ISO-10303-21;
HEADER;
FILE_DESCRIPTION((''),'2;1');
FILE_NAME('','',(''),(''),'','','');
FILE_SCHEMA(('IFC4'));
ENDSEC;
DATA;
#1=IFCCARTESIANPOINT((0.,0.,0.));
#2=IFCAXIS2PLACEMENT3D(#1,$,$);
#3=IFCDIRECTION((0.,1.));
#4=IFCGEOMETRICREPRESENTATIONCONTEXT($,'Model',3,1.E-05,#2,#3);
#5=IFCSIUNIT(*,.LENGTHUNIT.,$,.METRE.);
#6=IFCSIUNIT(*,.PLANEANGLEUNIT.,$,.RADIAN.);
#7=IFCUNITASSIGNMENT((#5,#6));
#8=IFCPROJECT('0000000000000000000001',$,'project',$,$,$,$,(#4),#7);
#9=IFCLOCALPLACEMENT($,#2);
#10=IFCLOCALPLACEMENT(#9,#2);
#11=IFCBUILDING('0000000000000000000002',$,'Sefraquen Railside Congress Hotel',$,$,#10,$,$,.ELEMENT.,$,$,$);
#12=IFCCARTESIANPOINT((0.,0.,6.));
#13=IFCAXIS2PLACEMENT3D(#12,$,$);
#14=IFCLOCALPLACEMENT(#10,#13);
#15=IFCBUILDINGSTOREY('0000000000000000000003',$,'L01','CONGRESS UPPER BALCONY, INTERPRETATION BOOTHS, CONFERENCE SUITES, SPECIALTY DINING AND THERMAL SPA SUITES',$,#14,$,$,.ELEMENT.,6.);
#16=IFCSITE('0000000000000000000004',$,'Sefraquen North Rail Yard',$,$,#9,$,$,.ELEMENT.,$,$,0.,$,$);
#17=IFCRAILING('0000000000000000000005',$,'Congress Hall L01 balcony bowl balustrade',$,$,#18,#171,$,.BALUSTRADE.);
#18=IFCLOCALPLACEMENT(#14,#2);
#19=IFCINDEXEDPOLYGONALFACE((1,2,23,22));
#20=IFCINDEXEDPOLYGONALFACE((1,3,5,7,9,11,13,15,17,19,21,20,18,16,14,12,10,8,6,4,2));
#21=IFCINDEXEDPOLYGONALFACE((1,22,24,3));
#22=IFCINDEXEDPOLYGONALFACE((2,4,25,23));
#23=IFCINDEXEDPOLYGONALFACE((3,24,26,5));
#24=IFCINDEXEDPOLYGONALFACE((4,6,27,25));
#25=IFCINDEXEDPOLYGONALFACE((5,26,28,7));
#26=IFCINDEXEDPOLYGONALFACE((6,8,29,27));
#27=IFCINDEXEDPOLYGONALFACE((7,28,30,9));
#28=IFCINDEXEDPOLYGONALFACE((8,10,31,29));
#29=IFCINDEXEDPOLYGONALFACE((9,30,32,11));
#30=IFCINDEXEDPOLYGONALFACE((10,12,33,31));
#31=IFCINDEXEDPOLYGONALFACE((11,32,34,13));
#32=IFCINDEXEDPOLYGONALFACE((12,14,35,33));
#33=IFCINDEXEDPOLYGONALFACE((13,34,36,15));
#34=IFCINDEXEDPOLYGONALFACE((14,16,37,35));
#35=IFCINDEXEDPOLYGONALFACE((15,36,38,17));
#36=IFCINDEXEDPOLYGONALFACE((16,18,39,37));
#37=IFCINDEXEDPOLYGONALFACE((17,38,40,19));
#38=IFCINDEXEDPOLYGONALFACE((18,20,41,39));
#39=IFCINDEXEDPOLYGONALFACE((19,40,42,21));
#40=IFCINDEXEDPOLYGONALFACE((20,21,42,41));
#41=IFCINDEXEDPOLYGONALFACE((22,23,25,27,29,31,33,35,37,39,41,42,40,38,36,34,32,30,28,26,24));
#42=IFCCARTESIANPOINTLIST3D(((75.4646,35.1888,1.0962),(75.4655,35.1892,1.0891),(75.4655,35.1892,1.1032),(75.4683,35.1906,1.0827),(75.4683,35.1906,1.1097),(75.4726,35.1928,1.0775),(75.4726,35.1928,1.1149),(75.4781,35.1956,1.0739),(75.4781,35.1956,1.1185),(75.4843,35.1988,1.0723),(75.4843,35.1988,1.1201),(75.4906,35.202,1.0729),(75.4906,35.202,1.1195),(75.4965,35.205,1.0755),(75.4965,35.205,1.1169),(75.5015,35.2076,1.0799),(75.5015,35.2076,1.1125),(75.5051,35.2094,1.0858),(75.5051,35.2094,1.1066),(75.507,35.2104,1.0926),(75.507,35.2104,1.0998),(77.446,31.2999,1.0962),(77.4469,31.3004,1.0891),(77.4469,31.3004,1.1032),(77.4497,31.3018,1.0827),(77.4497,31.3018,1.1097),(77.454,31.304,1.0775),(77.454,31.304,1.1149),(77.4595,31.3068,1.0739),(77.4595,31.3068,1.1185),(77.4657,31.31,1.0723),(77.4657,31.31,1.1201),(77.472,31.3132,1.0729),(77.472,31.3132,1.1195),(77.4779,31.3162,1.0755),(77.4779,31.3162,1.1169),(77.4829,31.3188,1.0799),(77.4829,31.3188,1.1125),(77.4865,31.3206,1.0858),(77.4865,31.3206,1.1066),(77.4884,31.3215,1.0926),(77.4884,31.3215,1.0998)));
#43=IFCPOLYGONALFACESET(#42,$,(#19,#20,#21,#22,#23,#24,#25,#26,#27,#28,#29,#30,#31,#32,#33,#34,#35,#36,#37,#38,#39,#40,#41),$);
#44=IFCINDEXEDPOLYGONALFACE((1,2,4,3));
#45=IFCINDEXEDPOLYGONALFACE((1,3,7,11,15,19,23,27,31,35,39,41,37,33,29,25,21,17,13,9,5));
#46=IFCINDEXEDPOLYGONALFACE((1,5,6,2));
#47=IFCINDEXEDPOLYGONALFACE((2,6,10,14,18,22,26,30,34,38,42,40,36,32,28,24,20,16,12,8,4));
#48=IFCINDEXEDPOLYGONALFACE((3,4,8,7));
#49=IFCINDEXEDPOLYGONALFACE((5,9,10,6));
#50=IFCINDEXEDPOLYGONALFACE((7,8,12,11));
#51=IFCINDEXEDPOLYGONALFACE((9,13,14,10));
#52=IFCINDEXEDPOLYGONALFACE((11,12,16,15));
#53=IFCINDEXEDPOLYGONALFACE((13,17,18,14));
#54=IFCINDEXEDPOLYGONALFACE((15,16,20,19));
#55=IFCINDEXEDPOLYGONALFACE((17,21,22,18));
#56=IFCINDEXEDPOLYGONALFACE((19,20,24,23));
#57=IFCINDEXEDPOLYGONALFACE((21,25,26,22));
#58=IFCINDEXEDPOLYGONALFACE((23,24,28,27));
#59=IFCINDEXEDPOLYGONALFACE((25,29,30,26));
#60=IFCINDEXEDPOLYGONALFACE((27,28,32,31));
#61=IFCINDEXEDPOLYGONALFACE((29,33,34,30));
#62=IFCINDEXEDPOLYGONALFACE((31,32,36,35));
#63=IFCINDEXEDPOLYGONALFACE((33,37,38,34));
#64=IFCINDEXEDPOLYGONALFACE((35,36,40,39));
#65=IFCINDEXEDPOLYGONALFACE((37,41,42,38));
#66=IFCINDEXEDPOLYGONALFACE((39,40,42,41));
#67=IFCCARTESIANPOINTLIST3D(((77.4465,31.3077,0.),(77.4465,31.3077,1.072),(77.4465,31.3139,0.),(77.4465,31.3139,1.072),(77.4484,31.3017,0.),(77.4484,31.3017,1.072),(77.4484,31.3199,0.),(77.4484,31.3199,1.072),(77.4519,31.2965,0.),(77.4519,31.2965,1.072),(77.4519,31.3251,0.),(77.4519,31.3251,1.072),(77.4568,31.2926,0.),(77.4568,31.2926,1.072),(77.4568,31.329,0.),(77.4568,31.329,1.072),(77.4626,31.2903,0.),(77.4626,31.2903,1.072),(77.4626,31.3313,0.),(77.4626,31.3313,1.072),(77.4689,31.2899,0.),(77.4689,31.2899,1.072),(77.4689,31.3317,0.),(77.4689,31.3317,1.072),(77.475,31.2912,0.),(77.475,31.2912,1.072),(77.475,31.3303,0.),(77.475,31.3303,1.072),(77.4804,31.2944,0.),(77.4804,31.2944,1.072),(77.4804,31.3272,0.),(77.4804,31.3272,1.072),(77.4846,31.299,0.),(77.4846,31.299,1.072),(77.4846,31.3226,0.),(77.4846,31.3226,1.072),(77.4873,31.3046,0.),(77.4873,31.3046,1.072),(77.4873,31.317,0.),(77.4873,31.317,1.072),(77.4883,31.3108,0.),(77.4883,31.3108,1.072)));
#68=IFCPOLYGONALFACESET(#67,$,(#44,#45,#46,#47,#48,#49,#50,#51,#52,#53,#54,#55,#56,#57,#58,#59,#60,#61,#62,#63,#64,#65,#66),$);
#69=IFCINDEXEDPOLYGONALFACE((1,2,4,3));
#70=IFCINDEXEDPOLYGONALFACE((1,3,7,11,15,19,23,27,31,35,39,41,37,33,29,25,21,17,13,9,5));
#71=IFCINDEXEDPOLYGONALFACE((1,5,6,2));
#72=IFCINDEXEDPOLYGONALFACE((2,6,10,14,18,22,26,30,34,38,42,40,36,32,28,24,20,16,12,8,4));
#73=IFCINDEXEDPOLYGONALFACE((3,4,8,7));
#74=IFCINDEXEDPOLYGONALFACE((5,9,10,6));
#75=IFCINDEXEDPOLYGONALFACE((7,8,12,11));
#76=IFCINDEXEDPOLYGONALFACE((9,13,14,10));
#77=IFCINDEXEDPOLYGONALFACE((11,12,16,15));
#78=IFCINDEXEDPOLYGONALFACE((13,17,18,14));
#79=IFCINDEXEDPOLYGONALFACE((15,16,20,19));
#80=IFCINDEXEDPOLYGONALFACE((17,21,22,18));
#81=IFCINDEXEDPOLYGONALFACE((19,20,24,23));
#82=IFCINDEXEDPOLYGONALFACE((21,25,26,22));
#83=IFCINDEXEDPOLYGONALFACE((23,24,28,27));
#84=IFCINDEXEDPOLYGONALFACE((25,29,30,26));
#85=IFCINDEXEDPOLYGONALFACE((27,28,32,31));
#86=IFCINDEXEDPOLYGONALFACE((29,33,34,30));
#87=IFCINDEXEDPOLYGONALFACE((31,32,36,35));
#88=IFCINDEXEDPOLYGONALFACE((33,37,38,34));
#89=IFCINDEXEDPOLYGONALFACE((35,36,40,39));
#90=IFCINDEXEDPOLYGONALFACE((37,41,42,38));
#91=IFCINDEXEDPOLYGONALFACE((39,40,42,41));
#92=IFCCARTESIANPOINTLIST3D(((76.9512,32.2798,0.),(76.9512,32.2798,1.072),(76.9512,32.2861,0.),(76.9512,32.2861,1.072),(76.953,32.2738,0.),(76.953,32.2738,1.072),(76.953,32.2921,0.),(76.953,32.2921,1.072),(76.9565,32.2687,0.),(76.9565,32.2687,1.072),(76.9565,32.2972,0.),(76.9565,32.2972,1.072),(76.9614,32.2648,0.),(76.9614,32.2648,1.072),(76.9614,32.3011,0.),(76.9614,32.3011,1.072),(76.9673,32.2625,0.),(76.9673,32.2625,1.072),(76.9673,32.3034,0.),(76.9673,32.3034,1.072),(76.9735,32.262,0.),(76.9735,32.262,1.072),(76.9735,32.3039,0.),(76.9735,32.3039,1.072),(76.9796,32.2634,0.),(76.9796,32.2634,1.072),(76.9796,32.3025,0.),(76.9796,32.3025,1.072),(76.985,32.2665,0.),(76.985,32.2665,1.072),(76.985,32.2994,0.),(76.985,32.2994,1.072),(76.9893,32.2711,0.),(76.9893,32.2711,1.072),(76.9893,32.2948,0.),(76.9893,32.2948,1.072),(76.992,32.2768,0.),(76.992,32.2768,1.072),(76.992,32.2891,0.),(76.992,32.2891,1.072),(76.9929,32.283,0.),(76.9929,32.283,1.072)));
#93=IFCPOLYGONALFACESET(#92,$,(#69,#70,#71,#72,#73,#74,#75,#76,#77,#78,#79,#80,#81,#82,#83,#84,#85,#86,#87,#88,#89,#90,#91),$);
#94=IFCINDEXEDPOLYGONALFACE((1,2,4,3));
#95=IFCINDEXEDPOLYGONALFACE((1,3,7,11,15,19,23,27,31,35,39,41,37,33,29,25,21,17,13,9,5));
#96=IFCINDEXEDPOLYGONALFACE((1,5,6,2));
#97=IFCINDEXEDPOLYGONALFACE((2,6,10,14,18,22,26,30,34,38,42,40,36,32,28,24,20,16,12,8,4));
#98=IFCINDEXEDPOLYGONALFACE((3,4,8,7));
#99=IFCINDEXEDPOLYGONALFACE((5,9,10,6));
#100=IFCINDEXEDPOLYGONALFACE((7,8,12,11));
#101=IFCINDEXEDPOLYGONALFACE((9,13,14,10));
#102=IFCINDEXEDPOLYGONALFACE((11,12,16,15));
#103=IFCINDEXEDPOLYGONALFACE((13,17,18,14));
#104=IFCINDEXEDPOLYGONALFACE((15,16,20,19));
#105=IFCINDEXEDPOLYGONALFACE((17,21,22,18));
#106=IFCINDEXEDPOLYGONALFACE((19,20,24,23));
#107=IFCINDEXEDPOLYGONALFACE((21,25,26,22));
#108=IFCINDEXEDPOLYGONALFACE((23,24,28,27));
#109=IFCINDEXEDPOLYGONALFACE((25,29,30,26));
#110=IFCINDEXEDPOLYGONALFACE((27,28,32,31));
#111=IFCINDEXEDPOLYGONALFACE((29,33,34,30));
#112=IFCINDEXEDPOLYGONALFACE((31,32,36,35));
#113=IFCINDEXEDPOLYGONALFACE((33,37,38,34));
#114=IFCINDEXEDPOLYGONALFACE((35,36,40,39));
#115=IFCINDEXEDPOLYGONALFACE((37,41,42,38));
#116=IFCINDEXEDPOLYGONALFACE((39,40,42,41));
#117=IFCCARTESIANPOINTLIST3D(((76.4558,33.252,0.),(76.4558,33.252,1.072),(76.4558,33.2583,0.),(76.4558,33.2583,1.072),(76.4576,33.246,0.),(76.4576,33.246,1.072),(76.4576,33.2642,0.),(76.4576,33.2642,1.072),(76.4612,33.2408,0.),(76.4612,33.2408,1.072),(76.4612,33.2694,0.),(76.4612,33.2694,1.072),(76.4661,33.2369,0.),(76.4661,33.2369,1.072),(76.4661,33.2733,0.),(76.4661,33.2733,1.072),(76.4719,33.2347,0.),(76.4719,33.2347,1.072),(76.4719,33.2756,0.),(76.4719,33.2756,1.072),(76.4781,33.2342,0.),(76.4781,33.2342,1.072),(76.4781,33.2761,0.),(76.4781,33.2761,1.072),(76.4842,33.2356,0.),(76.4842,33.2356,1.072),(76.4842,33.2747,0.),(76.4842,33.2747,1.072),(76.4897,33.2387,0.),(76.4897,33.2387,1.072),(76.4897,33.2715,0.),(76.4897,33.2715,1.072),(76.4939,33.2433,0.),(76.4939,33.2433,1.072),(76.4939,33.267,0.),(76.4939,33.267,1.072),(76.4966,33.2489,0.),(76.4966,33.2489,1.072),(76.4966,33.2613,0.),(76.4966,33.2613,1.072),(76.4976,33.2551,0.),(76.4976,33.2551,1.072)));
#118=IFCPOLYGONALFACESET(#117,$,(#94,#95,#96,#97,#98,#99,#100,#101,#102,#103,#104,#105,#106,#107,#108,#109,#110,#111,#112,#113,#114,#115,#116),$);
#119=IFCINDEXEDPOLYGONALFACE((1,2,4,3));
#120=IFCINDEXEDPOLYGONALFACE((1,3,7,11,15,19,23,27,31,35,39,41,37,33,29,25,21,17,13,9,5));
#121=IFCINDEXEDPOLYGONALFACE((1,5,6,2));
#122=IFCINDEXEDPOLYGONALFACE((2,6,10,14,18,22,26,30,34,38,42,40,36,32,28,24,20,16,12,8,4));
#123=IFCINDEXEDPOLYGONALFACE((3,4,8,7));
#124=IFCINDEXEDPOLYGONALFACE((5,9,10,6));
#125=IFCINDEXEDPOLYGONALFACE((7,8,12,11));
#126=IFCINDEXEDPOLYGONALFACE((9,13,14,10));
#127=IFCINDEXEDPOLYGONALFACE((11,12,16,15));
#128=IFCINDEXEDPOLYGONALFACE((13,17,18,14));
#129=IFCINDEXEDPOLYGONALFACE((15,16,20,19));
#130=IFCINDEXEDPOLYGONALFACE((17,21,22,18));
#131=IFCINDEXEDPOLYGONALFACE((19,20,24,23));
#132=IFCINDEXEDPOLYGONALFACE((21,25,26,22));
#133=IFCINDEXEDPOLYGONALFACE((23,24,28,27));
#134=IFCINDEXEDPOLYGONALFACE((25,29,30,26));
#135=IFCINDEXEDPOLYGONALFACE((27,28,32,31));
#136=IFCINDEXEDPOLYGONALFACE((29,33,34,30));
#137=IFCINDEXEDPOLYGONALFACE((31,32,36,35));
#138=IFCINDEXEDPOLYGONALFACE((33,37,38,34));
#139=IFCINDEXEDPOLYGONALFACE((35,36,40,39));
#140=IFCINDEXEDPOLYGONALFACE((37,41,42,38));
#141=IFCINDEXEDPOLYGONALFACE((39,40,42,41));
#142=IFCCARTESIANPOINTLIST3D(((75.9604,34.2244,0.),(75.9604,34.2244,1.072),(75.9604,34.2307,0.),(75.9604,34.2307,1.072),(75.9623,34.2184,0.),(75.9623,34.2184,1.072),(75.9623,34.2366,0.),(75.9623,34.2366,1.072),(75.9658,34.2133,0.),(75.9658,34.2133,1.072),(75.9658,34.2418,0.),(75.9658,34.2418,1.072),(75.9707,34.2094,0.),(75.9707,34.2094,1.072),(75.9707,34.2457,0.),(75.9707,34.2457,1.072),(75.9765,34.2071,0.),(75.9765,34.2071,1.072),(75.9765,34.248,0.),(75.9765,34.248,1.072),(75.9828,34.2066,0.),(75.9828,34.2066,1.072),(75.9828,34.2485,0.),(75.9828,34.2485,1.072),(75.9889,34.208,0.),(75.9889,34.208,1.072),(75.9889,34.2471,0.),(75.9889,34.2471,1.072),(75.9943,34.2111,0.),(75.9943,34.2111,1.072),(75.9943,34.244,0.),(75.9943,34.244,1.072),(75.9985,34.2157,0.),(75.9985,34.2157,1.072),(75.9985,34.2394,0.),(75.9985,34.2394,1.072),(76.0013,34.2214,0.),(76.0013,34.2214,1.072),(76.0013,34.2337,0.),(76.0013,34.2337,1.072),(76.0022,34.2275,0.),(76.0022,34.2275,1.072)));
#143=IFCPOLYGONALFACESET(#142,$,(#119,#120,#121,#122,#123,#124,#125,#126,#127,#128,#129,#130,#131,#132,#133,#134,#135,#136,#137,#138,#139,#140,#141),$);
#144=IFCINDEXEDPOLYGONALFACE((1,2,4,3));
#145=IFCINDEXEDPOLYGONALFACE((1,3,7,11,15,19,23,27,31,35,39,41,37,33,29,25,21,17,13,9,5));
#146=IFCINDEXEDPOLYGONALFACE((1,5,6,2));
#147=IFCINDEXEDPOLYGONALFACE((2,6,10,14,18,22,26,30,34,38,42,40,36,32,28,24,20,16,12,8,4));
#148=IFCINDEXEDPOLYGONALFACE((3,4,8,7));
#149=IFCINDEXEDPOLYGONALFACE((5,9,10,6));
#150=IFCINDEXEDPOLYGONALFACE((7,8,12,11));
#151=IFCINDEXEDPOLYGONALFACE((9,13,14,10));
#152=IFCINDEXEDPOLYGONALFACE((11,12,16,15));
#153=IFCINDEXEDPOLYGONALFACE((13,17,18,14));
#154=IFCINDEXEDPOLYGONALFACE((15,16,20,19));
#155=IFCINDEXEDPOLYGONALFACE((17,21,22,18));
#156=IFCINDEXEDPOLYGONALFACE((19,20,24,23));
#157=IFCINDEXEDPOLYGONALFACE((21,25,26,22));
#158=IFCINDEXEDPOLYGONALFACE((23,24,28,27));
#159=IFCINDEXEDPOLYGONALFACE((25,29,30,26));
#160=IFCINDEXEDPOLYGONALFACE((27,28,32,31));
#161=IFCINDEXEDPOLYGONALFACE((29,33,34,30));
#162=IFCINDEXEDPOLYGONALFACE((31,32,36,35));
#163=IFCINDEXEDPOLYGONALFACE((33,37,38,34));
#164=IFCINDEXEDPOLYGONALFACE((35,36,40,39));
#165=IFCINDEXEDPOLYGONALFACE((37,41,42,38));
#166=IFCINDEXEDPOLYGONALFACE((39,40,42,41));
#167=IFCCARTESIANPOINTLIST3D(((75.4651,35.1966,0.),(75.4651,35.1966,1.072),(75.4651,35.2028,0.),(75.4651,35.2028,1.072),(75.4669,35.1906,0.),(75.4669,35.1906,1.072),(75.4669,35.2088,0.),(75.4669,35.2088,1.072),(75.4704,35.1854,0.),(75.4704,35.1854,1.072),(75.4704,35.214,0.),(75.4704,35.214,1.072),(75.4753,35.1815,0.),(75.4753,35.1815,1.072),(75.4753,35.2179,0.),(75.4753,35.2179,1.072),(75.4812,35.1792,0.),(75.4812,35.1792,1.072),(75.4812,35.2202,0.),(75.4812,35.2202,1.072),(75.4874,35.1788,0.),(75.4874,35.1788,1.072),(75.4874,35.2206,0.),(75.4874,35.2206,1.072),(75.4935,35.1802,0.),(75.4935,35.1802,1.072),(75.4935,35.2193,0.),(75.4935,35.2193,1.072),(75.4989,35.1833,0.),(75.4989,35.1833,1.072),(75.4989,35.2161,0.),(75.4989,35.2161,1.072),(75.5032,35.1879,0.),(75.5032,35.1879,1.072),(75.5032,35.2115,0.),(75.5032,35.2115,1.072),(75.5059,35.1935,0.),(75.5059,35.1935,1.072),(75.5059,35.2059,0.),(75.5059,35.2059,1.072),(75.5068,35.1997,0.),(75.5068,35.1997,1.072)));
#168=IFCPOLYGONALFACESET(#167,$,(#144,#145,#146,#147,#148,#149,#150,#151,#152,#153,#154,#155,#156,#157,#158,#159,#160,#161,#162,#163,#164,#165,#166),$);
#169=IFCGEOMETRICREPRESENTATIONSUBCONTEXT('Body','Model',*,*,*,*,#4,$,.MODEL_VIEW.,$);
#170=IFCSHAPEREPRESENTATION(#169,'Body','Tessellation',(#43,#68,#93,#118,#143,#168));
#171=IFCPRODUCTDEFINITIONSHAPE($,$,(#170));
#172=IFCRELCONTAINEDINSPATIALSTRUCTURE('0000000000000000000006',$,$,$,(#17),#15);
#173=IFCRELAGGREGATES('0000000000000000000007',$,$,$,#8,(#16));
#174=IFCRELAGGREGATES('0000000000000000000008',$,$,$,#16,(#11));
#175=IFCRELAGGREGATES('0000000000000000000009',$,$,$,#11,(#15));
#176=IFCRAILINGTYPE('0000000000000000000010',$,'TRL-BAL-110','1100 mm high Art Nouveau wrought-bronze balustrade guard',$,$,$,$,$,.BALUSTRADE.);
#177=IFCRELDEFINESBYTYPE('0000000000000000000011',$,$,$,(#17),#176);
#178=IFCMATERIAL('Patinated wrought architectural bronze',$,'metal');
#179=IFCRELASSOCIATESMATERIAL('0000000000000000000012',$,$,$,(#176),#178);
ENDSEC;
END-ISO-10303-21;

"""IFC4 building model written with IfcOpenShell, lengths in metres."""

from ifc_helpers import new_model, si_unit, direction, frame, origin, origin_2d, place, context, subcontext, project, spatial, circle, extrude, material, type_object, element, save


model = new_model("IFC4")

# Units and contexts
model_context = context("Model", 3, precision=1e-05, world=origin(), true_north=direction((0.0, 1.0)))
body_context = subcontext(model_context, "Body", "Model", "MODEL_VIEW")
ifc_project = project(units=[si_unit("LENGTHUNIT", "METRE"), si_unit("PLANEANGLEUNIT", "RADIAN")], contexts=[model_context])

# Site, building, storey
site_placement = place(None, origin())
site = spatial("IfcSite", under=ifc_project, at=site_placement, Name="Sefraquen North Rail Yard", CompositionType="ELEMENT", RefElevation=0.0)
building_placement = place(site_placement, origin())
building = spatial("IfcBuilding", under=site, at=building_placement, Name="Sefraquen Railside Congress Hotel", CompositionType="ELEMENT")
storey_placement = place(building_placement, frame((0.0, 0.0, 6.0)))
storey = spatial("IfcBuildingStorey", under=building, at=storey_placement, Name="L01", Description="CONGRESS UPPER BALCONY, INTERPRETATION BOOTHS, CONFERENCE SUITES, SPECIALTY DINING AND THERMAL SPA SUITES", CompositionType="ELEMENT", Elevation=6.0)

# Railing
ifc_material_1 = material(Name="Patinated wrought architectural bronze", Category="metal")
railing_type = type_object("IfcRailingType", Name="TRL-BAL-110", Description="1100 mm high Art Nouveau wrought-bronze balustrade guard", PredefinedType="BALUSTRADE", material=ifc_material_1)
railing_1_placement = place(storey_placement, frame((77.4673, 31.3108, 0.0)))
element("IfcRailing", 1, at=railing_1_placement, inside=storey, type_object=railing_type, Name="Congress Hall L01 balcony bowl balustrade", PredefinedType="BALUSTRADE", context=body_context, shape_type="SweptSolid", body=[
    extrude(circle(Radius=0.0239, at=origin_2d()), frame((0.0, 0.0, 1.0962), z_axis=(-0.45398, 0.891012, 0.0), x_axis=(-0.891012, -0.45398, 0.0)), (0.0, 0.0, 1.0), 4.3645),
    extrude(circle(Radius=0.021, at=origin_2d()), origin(), (0.0, 0.0, 1.0), 1.072),
    extrude(circle(Radius=0.021, at=origin_2d()), frame((-0.4954, 0.9722, 0.0)), (0.0, 0.0, 1.0), 1.072),
    extrude(circle(Radius=0.021, at=origin_2d()), frame((-0.9907, 1.9443, 0.0)), (0.0, 0.0, 1.0), 1.072),
    extrude(circle(Radius=0.021, at=origin_2d()), frame((-1.4861, 2.9167, 0.0)), (0.0, 0.0, 1.0), 1.072),
    extrude(circle(Radius=0.021, at=origin_2d()), frame((-1.9814, 3.8889, 0.0)), (0.0, 0.0, 1.0), 1.072),
])

save(model, "model.ifc")
